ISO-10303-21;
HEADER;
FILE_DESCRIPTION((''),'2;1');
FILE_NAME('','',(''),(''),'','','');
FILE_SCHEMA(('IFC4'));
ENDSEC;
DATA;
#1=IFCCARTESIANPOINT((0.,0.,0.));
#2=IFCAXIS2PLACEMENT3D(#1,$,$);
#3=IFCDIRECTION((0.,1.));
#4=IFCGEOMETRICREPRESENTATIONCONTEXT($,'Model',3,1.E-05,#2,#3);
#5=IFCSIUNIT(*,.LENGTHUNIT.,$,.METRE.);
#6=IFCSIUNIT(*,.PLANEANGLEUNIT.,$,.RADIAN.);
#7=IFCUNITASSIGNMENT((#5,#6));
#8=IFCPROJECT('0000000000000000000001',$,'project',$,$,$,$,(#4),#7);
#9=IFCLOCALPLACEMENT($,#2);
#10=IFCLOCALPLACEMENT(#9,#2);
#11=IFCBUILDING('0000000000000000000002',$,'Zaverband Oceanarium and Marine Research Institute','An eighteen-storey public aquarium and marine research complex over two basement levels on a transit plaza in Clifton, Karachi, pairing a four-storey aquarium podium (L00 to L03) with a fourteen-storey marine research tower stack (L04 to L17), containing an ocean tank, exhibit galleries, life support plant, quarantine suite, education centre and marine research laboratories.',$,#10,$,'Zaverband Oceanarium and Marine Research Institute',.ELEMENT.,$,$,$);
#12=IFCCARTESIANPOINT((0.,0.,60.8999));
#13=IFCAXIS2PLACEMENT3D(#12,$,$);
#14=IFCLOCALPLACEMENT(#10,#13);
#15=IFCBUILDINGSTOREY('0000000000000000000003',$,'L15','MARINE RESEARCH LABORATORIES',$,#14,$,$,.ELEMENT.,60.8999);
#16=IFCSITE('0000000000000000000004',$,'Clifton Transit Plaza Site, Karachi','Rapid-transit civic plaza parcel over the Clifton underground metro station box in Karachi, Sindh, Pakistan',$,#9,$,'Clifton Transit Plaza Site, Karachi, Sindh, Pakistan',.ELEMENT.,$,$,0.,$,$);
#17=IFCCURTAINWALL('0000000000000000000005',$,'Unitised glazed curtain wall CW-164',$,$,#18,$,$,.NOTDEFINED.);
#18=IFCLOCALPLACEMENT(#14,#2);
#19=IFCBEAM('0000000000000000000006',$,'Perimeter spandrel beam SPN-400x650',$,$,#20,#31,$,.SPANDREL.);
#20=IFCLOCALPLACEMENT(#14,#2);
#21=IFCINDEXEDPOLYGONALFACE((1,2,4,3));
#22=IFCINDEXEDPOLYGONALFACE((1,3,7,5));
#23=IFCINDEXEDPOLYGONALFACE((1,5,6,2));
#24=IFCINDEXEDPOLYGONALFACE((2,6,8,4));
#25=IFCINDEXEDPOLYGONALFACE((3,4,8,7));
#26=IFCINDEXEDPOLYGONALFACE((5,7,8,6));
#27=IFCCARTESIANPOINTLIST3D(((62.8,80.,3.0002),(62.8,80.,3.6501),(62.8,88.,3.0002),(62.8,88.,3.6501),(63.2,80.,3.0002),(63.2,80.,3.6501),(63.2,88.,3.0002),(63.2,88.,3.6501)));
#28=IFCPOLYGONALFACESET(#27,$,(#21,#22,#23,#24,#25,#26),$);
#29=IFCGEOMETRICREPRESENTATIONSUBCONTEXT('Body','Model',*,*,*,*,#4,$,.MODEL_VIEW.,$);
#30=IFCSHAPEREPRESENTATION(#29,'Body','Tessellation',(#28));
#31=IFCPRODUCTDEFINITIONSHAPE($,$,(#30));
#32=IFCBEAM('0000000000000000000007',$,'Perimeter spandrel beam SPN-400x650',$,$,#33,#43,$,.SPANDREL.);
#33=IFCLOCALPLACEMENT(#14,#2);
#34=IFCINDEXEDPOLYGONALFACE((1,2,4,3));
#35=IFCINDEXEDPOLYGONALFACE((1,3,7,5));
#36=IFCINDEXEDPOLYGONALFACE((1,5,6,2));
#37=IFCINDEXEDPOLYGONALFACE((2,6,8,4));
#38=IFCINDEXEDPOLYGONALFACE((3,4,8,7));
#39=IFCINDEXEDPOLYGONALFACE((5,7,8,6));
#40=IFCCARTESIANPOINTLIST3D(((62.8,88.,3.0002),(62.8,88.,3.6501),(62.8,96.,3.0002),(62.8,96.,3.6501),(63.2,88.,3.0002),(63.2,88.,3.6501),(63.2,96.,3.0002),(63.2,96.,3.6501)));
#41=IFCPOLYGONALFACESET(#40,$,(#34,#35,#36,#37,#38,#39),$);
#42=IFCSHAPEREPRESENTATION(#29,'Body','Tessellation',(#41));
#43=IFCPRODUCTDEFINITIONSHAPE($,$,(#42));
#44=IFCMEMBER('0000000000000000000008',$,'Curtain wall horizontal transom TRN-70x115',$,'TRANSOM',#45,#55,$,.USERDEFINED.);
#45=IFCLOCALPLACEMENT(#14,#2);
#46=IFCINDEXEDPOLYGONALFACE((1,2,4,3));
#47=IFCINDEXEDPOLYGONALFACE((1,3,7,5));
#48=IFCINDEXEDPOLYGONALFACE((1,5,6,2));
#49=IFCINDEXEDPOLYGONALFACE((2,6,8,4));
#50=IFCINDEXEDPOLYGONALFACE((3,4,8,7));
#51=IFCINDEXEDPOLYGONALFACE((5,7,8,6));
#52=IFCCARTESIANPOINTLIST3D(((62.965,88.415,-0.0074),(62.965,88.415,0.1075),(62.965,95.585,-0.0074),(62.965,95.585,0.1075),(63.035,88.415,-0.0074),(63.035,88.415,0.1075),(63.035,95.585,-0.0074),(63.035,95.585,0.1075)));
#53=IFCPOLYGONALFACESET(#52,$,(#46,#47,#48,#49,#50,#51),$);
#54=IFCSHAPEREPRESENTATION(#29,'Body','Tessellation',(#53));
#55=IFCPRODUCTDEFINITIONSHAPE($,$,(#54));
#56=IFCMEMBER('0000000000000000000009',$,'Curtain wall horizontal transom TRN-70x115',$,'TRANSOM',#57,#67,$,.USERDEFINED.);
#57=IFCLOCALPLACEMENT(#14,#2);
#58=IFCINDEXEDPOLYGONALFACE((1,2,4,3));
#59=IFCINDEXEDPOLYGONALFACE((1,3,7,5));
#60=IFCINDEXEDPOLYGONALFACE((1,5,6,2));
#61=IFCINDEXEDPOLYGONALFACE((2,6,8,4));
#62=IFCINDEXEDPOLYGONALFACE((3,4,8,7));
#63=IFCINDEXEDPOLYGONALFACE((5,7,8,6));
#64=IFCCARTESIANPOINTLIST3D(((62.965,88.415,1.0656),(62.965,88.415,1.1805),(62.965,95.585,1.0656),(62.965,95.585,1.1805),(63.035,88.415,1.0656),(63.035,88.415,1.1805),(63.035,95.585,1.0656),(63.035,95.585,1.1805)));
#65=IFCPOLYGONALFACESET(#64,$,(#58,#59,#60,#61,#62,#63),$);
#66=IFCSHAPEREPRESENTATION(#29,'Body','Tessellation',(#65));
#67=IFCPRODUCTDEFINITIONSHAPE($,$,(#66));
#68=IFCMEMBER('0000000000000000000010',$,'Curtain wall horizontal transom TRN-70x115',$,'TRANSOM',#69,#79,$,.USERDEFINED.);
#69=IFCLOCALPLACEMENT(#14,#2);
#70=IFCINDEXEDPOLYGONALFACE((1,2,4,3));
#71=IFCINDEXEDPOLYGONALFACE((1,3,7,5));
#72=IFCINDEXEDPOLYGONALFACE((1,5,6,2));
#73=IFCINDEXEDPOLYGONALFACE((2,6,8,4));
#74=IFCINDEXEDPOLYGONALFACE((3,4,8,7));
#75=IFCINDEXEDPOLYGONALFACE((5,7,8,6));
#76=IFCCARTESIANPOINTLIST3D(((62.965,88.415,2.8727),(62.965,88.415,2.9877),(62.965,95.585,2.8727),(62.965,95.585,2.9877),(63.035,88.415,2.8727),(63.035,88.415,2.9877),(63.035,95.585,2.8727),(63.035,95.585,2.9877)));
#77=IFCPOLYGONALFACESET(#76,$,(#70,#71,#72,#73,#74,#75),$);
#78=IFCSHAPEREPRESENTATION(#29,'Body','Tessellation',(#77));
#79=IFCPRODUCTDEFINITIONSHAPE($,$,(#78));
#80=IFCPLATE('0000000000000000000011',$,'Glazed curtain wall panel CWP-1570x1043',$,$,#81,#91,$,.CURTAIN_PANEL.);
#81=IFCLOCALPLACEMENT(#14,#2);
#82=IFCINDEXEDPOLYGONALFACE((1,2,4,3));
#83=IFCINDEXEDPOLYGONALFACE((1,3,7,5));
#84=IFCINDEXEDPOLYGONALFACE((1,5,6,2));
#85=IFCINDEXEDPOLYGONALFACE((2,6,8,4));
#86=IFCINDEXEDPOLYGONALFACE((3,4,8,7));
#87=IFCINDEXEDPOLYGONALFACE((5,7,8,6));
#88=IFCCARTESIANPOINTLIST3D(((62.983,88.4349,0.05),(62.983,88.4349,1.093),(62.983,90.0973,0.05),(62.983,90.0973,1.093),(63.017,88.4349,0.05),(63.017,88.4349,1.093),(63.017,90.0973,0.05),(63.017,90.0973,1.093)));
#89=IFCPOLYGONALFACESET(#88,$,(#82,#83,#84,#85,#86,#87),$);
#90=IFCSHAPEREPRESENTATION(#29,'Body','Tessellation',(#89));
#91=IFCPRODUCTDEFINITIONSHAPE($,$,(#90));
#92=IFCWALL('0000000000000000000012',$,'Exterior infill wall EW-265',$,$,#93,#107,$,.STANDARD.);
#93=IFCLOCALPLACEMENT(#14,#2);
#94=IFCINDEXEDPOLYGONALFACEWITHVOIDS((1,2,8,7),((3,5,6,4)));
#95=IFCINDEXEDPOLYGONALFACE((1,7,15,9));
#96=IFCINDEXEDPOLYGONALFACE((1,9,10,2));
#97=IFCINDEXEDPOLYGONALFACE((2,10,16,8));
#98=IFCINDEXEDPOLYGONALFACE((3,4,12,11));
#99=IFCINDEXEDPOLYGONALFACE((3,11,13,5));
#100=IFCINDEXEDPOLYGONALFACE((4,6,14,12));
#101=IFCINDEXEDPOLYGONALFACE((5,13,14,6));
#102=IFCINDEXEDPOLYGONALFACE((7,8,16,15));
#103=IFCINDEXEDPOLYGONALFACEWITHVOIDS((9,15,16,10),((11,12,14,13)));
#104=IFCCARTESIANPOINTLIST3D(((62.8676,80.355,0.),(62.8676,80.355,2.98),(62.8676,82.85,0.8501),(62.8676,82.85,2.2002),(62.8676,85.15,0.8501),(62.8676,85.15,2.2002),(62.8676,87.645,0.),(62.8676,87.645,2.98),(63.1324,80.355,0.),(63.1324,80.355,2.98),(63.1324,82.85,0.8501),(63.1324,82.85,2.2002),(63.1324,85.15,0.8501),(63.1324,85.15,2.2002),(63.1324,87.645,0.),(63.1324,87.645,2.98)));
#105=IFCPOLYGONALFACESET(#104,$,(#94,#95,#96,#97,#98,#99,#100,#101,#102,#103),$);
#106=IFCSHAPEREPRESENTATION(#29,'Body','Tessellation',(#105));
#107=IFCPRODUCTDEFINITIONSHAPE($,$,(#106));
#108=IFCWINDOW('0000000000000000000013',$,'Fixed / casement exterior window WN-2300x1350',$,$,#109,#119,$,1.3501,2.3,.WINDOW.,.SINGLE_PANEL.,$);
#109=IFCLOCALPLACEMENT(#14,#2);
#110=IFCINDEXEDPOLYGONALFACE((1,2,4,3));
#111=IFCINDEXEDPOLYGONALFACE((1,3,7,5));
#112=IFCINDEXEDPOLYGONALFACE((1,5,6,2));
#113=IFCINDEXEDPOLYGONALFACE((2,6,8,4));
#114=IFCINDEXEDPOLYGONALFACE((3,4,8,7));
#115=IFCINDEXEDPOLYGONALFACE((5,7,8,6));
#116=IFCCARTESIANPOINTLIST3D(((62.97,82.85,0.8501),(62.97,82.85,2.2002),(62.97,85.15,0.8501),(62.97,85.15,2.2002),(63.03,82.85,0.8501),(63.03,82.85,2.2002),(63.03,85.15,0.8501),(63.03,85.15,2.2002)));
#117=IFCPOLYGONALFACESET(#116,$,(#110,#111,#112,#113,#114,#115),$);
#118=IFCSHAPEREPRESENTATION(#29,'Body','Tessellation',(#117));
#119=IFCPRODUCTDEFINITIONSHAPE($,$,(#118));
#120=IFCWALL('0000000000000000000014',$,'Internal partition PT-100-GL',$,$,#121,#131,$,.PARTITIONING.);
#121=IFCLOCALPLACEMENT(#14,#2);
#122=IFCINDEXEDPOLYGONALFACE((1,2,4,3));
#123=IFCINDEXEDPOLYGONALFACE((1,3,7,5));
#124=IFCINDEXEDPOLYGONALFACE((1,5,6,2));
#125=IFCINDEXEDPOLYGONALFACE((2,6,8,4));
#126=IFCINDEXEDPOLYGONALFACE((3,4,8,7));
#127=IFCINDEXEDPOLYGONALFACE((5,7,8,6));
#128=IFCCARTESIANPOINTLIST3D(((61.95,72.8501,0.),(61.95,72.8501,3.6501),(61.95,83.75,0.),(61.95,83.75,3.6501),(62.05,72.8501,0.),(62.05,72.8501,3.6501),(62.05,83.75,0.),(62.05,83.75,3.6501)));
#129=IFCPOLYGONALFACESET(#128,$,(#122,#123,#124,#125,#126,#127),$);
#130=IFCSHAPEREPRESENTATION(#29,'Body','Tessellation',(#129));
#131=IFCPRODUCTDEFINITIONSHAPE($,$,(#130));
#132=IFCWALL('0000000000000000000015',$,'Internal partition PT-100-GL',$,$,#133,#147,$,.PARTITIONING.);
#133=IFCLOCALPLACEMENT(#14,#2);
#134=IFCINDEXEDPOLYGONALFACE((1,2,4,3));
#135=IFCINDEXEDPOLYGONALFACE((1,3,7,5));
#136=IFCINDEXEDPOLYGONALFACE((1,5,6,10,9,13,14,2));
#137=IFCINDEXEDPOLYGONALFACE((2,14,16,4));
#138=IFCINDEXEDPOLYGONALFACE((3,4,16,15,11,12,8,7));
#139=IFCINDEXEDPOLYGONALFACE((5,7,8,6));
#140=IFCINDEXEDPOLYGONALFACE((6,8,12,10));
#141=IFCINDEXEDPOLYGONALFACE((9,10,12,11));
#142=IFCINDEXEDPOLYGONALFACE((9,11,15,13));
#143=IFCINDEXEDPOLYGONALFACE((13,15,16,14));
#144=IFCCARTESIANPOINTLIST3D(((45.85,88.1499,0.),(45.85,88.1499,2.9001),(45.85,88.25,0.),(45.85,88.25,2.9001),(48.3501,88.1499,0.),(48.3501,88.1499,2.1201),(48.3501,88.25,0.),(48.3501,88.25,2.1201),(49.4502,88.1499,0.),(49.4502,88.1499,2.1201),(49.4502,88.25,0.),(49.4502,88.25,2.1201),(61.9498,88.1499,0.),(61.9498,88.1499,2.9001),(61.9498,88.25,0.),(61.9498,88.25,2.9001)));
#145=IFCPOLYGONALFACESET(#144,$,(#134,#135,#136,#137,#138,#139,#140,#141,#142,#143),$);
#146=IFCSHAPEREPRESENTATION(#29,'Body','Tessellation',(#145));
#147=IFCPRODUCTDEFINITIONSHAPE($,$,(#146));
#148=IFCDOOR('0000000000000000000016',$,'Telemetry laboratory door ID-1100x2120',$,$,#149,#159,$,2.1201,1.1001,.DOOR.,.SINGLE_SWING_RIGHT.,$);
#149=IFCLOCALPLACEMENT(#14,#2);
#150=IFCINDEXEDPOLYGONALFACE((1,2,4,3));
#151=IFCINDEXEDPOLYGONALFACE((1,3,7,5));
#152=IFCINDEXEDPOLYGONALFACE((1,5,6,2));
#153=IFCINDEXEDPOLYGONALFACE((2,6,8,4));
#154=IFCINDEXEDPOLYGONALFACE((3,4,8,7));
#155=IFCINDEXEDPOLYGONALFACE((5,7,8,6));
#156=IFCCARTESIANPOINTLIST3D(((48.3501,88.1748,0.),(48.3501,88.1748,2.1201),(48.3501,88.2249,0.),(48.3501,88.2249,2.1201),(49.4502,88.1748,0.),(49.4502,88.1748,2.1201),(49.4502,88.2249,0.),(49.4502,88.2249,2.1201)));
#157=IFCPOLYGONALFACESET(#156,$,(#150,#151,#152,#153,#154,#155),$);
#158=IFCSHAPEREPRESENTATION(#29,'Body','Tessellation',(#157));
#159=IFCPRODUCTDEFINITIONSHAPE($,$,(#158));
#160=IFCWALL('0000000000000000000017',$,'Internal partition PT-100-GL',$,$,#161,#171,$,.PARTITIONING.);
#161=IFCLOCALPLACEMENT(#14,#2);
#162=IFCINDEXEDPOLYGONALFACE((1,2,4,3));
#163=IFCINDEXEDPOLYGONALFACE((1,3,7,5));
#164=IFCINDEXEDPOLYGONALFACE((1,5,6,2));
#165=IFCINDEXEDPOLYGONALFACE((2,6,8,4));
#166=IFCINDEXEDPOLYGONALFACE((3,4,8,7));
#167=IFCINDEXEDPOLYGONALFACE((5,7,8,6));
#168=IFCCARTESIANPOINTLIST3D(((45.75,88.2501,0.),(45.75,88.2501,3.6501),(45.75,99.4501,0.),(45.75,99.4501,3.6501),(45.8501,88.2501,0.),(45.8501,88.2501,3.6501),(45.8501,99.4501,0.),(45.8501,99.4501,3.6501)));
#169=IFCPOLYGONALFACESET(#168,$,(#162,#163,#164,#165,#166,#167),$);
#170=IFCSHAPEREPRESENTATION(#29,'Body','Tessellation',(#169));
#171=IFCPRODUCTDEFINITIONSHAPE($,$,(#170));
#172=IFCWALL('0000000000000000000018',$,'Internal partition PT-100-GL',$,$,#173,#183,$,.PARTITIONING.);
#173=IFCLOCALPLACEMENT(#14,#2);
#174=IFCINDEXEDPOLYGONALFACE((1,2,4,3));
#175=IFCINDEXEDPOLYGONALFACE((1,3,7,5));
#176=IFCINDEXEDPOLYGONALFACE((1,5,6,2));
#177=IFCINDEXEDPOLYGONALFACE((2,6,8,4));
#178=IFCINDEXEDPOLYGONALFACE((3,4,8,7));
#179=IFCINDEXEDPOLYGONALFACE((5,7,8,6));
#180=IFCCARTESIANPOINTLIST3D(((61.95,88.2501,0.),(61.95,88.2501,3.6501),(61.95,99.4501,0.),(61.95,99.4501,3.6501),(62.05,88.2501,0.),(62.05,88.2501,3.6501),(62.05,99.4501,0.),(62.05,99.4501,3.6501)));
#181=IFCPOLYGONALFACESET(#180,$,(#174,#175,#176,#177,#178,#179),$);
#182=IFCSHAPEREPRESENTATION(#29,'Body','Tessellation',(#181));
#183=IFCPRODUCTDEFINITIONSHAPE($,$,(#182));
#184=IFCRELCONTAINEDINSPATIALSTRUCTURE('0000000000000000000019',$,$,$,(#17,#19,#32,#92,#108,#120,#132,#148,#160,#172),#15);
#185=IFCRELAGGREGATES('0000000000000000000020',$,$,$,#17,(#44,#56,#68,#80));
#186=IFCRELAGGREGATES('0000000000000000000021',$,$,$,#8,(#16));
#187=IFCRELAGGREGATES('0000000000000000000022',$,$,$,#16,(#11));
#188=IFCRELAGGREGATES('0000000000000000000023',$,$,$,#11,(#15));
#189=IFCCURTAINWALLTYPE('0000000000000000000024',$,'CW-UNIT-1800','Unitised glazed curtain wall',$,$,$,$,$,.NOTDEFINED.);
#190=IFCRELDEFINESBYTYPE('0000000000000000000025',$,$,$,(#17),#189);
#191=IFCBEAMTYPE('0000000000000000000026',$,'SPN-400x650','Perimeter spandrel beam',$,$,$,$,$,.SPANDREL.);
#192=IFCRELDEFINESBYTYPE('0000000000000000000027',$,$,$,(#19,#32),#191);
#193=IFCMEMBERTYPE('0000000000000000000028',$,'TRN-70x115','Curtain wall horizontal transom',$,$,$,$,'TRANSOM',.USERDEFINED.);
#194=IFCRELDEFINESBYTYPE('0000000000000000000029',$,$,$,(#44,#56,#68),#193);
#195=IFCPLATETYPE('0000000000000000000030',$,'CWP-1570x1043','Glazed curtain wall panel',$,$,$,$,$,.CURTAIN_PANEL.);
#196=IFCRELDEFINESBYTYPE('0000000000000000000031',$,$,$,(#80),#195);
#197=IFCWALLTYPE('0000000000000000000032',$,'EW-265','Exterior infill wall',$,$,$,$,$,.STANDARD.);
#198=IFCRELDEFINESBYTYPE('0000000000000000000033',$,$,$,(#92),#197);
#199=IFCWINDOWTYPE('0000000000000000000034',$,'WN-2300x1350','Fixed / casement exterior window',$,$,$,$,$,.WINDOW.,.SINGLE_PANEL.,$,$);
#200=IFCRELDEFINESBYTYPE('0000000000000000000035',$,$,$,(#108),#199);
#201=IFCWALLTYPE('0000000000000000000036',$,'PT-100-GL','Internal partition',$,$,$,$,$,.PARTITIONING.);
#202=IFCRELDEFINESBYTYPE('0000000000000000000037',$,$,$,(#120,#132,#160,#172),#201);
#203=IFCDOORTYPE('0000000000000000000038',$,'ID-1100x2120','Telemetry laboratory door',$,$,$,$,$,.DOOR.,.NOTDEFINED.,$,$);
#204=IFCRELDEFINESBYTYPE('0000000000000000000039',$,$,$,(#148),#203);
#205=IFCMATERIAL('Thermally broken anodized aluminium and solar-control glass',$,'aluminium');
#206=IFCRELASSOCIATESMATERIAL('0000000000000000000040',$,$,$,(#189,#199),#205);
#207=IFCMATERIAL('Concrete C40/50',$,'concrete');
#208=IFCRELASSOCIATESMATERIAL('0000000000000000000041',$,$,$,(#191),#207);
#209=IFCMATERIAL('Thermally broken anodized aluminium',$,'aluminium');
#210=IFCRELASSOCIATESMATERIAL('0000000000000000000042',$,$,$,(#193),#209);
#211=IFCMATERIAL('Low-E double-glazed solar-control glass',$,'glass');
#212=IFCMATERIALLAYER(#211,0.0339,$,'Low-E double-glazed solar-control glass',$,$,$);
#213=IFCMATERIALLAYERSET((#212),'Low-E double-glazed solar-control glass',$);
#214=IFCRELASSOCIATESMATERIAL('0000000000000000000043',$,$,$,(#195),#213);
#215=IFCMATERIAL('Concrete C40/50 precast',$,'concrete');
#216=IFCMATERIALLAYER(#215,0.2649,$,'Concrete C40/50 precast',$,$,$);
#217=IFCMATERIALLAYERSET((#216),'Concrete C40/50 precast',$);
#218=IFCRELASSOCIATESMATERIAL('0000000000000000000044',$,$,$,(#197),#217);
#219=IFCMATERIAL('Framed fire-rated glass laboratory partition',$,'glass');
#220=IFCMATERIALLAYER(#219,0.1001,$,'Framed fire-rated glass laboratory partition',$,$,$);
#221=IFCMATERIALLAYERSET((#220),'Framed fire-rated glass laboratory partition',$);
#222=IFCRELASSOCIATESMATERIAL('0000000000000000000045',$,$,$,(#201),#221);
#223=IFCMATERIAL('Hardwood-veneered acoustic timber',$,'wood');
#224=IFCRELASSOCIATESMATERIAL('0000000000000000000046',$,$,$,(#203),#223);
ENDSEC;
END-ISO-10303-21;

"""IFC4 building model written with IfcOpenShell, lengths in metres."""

from ifc_helpers import new_model, si_unit, direction, frame, frame_2d, origin, origin_2d, place, context, subcontext, project, spatial, rectangle, extrude, material, layer, layer_set, material_profile, profile_set, type_object, element, fill, aggregate, save


model = new_model("IFC4")

# Units and contexts
model_context = context("Model", 3, precision=1e-05, world=origin(), true_north=direction((0.0, 1.0)))
body_context = subcontext(model_context, "Body", "Model", "MODEL_VIEW")
ifc_project = project(units=[si_unit("LENGTHUNIT", "METRE"), si_unit("PLANEANGLEUNIT", "RADIAN")], contexts=[model_context])

# Site, building, storey
site_placement = place(None, origin())
site = spatial("IfcSite", under=ifc_project, at=site_placement, Name="Clifton Transit Plaza Site, Karachi", Description="Rapid-transit civic plaza parcel over the Clifton underground metro station box in Karachi, Sindh, Pakistan", LongName="Clifton Transit Plaza Site, Karachi, Sindh, Pakistan", CompositionType="ELEMENT", RefElevation=0.0)
building_placement = place(site_placement, origin())
building = spatial("IfcBuilding", under=site, at=building_placement, Name="Zaverband Oceanarium and Marine Research Institute", Description="An eighteen-storey public aquarium and marine research complex over two basement levels on a transit plaza in Clifton, Karachi, pairing a four-storey aquarium podium (L00 to L03) with a fourteen-storey marine research tower stack (L04 to L17), containing an ocean tank, exhibit galleries, life support plant, quarantine suite, education centre and marine research laboratories.", LongName="Zaverband Oceanarium and Marine Research Institute", CompositionType="ELEMENT")
storey_placement = place(building_placement, frame((0.0, 0.0, 60.8999)))
storey = spatial("IfcBuildingStorey", under=building, at=storey_placement, Name="L15", Description="MARINE RESEARCH LABORATORIES", CompositionType="ELEMENT", Elevation=60.8999)

# Shared definitions
ifc_material_1 = material(Name="Concrete C40/50", Category="concrete")

# Curtain wall
ifc_material_2 = material(Name="Thermally broken anodized aluminium and solar-control glass", Category="aluminium")
curtain_wall_type = type_object("IfcCurtainWallType", Name="CW-UNIT-1800", Description="Unitised glazed curtain wall", PredefinedType="NOTDEFINED", material=ifc_material_2)
curtain_wall_placement = place(storey_placement, origin())
curtain_wall = element("IfcCurtainWall", 1, at=curtain_wall_placement, inside=storey, type_object=curtain_wall_type, Name="Unitised glazed curtain wall CW-164", PredefinedType="NOTDEFINED")
ifc_material_3 = material(Name="Thermally broken anodized aluminium", Category="aluminium")

# Beams
ifc_material_profile_1 = material_profile(ifc_material_1, rectangle(XDim=0.3999, YDim=0.6499, at=origin_2d()), Name="RC400x650")
ifc_profile_set_1 = profile_set([ifc_material_profile_1], Name="Concrete C40/50")
beam_type_1 = type_object("IfcBeamType", Name="SPN-400x650", Description="Perimeter spandrel beam", PredefinedType="SPANDREL", material=ifc_profile_set_1)
for number, where, z_axis, x_axis, name in (
    (2, (63.0, 80.0, 3.3252), (0.0, 1.0, 0.0), (-1.0, 0.0, 0.0), "Perimeter spandrel beam SPN-400x650"),
    (3, (63.0, 88.0, 3.3252), (0.0, 1.0, 0.0), (-1.0, 0.0, 0.0), "Perimeter spandrel beam SPN-400x650"),
):
    element("IfcBeam", number, at=place(storey_placement, frame(where, z_axis=z_axis, x_axis=x_axis)), inside=storey, type_object=beam_type_1, Name=name, PredefinedType="SPANDREL", context=body_context, shape_type="SweptSolid", body=[
        extrude(rectangle(XDim=0.3999, YDim=0.6499, at=origin_2d()), origin(), (0.0, 0.0, 1.0), 8.0),
    ])

# Members
ifc_material_profile_2 = material_profile(ifc_material_3, rectangle(XDim=0.0701, YDim=0.115, at=origin_2d()), Name="AL-TRN-70x115")
ifc_profile_set_2 = profile_set([ifc_material_profile_2], Name="Thermally broken anodized aluminium")
member_type_1 = type_object("IfcMemberType", Name="TRN-70x115", Description="Curtain wall horizontal transom", ElementType="TRANSOM", PredefinedType="USERDEFINED", material=ifc_profile_set_2)
member_1_placement = place(storey_placement, frame((63.0, 88.415, 0.05), z_axis=(0.0, 1.0, 0.0), x_axis=(-1.0, 0.0, 0.0)))
member_1 = element("IfcMember", 4, at=member_1_placement, type_object=member_type_1, Name="Curtain wall horizontal transom TRN-70x115", ObjectType="TRANSOM", PredefinedType="USERDEFINED", context=body_context, shape_type="SweptSolid", body=[
    extrude(rectangle(XDim=0.0701, YDim=0.115, at=origin_2d()), origin(), (0.0, 0.0, 1.0), 7.1699),
])
member_2_placement = place(storey_placement, frame((63.0, 88.415, 1.123), z_axis=(0.0, 1.0, 0.0), x_axis=(-1.0, 0.0, 0.0)))
member_2 = element("IfcMember", 5, at=member_2_placement, type_object=member_type_1, Name="Curtain wall horizontal transom TRN-70x115", ObjectType="TRANSOM", PredefinedType="USERDEFINED", context=body_context, shape_type="SweptSolid", body=[
    extrude(rectangle(XDim=0.0701, YDim=0.115, at=origin_2d()), origin(), (0.0, 0.0, 1.0), 7.1699),
])
member_3_placement = place(storey_placement, frame((63.0, 88.415, 2.9302), z_axis=(0.0, 1.0, 0.0), x_axis=(-1.0, 0.0, 0.0)))
member_3 = element("IfcMember", 6, at=member_3_placement, type_object=member_type_1, Name="Curtain wall horizontal transom TRN-70x115", ObjectType="TRANSOM", PredefinedType="USERDEFINED", context=body_context, shape_type="SweptSolid", body=[
    extrude(rectangle(XDim=0.0701, YDim=0.115, at=origin_2d()), origin(), (0.0, 0.0, 1.0), 7.1699),
])

# Plate
ifc_material_4 = material(Name="Low-E double-glazed solar-control glass", Category="glass")
ifc_layer_1 = layer(ifc_material_4, 0.0339, Name="Low-E double-glazed solar-control glass")
ifc_layer_set_1 = layer_set([ifc_layer_1], Name="Low-E double-glazed solar-control glass")
plate_type = type_object("IfcPlateType", Name="CWP-1570x1043", Description="Glazed curtain wall panel", PredefinedType="CURTAIN_PANEL", material=ifc_layer_set_1)
plate_placement = place(storey_placement, frame((63.0, 88.4351, 0.05), z_axis=(0.0, 0.0, 1.0), x_axis=(0.0, 1.0, 0.0)))
plate = element("IfcPlate", 7, at=plate_placement, type_object=plate_type, Name="Glazed curtain wall panel CWP-1570x1043", PredefinedType="CURTAIN_PANEL", context=body_context, shape_type="SweptSolid", body=[
    extrude(rectangle(XDim=1.6624, YDim=0.0339, at=frame_2d((0.8311, 0.0))), origin(), (0.0, 0.0, 1.0), 1.043),
])
aggregate(curtain_wall, [member_1, member_2, member_3, plate])

# Wall, opening, window
ifc_material_5 = material(Name="Concrete C40/50 precast", Category="concrete")
ifc_layer_2 = layer(ifc_material_5, 0.2649, Name="Concrete C40/50 precast")
ifc_layer_set_2 = layer_set([ifc_layer_2], Name="Concrete C40/50 precast")
wall_type_1 = type_object("IfcWallType", Name="EW-265", Description="Exterior infill wall", PredefinedType="STANDARD", material=ifc_layer_set_2)
wall_1_placement = place(storey_placement, frame((63.0, 80.355, 0.0), z_axis=(0.0, 0.0, 1.0), x_axis=(0.0, 1.0, 0.0)))
wall_1 = element("IfcWall", 8, at=wall_1_placement, inside=storey, type_object=wall_type_1, Name="Exterior infill wall EW-265", PredefinedType="STANDARD", context=body_context, shape_type="SweptSolid", body=[
    extrude(rectangle(XDim=7.29, YDim=0.2649, at=frame_2d((3.645, 0.0))), origin(), (0.0, 0.0, 1.0), 2.98),
])
opening_1_placement = place(wall_1_placement, frame((2.4951, 0.0, 0.8501)))
opening_1 = element("IfcOpeningElement", 9, at=opening_1_placement, cuts=wall_1, PredefinedType="OPENING", context=body_context, shape_type="SweptSolid", body=[
    extrude(rectangle(XDim=2.3, YDim=1.3501, at=frame_2d((1.1499, 0.675))), frame((0.0, 0.1445, 0.0), z_axis=(0.0, -1.0, 0.0), x_axis=(1.0, 0.0, 0.0)), (0.0, 0.0, 1.0), 0.2888),
])
window_type = type_object("IfcWindowType", Name="WN-2300x1350", Description="Fixed / casement exterior window", PartitioningType="SINGLE_PANEL", PredefinedType="WINDOW", material=ifc_material_2)
window_placement = place(opening_1_placement, origin())
window = element("IfcWindow", 10, at=window_placement, inside=storey, type_object=window_type, Name="Fixed / casement exterior window WN-2300x1350", OverallHeight=1.3501, OverallWidth=2.3, PartitioningType="SINGLE_PANEL", PredefinedType="WINDOW", context=body_context, shape_type="SweptSolid", body=[
    extrude(rectangle(XDim=2.3, YDim=1.3501, at=frame_2d((1.1499, 0.675))), frame((0.0, 0.03, 0.0), z_axis=(0.0, -1.0, 0.0), x_axis=(1.0, 0.0, 0.0)), (0.0, 0.0, 1.0), 0.0601),
])
fill(opening_1, window)

# Wall
ifc_material_6 = material(Name="Framed fire-rated glass laboratory partition", Category="glass")
ifc_layer_3 = layer(ifc_material_6, 0.1001, Name="Framed fire-rated glass laboratory partition")
ifc_layer_set_3 = layer_set([ifc_layer_3], Name="Framed fire-rated glass laboratory partition")
wall_type_2 = type_object("IfcWallType", Name="PT-100-GL", Description="Internal partition", PredefinedType="PARTITIONING", material=ifc_layer_set_3)
wall_2_placement = place(storey_placement, frame((62.0, 72.8501, 0.0), z_axis=(0.0, 0.0, 1.0), x_axis=(0.0, 1.0, 0.0)))
element("IfcWall", 11, at=wall_2_placement, inside=storey, type_object=wall_type_2, Name="Internal partition PT-100-GL", PredefinedType="PARTITIONING", context=body_context, shape_type="SweptSolid", body=[
    extrude(rectangle(XDim=10.8999, YDim=0.1001, at=frame_2d((5.45, 0.0))), origin(), (0.0, 0.0, 1.0), 3.6501),
])

# Wall, opening, door
wall_3_placement = place(storey_placement, frame((45.8501, 88.2, 0.0), z_axis=(0.0, 0.0, 1.0), x_axis=(1.0, 0.0, 0.0)))
wall_3 = element("IfcWall", 12, at=wall_3_placement, inside=storey, type_object=wall_type_2, Name="Internal partition PT-100-GL", PredefinedType="PARTITIONING", context=body_context, shape_type="SweptSolid", body=[
    extrude(rectangle(XDim=16.0999, YDim=0.1001, at=frame_2d((8.0498, 0.0))), origin(), (0.0, 0.0, 1.0), 2.9001),
])
opening_2_placement = place(wall_3_placement, frame((2.5, 0.0, 0.0)))
opening_2 = element("IfcOpeningElement", 13, at=opening_2_placement, cuts=wall_3, PredefinedType="OPENING", context=body_context, shape_type="SweptSolid", body=[
    extrude(rectangle(XDim=1.1001, YDim=2.1201, at=frame_2d((0.55, 1.0601))), frame((0.0, 0.062, 0.0), z_axis=(0.0, -1.0, 0.0), x_axis=(1.0, 0.0, 0.0)), (0.0, 0.0, 1.0), 0.124),
])
ifc_material_7 = material(Name="Hardwood-veneered acoustic timber", Category="wood")
door_type = type_object("IfcDoorType", Name="ID-1100x2120", Description="Telemetry laboratory door", OperationType="NOTDEFINED", PredefinedType="DOOR", material=ifc_material_7)
door_placement = place(opening_2_placement, origin())
door = element("IfcDoor", 14, at=door_placement, inside=storey, type_object=door_type, Name="Telemetry laboratory door ID-1100x2120", OperationType="SINGLE_SWING_RIGHT", OverallHeight=2.1201, OverallWidth=1.1001, PredefinedType="DOOR", context=body_context, shape_type="SweptSolid", body=[
    extrude(rectangle(XDim=1.1001, YDim=2.1201, at=frame_2d((0.55, 1.0601))), frame((0.0, 0.0249, 0.0), z_axis=(0.0, -1.0, 0.0), x_axis=(1.0, 0.0, 0.0)), (0.0, 0.0, 1.0), 0.05),
])
fill(opening_2, door)

# Walls
for number, where, z_axis, x_axis, name in (
    (15, (45.8, 88.25, 0.0), (0.0, 0.0, 1.0), (0.0, 1.0, 0.0), "Internal partition PT-100-GL"),
    (16, (62.0, 88.25, 0.0), (0.0, 0.0, 1.0), (0.0, 1.0, 0.0), "Internal partition PT-100-GL"),
):
    element("IfcWall", number, at=place(storey_placement, frame(where, z_axis=z_axis, x_axis=x_axis)), inside=storey, type_object=wall_type_2, Name=name, PredefinedType="PARTITIONING", context=body_context, shape_type="SweptSolid", body=[
        extrude(rectangle(XDim=11.2, YDim=0.1001, at=frame_2d((5.6001, 0.0))), origin(), (0.0, 0.0, 1.0), 3.6501),
    ])

save(model, "model.ifc")
